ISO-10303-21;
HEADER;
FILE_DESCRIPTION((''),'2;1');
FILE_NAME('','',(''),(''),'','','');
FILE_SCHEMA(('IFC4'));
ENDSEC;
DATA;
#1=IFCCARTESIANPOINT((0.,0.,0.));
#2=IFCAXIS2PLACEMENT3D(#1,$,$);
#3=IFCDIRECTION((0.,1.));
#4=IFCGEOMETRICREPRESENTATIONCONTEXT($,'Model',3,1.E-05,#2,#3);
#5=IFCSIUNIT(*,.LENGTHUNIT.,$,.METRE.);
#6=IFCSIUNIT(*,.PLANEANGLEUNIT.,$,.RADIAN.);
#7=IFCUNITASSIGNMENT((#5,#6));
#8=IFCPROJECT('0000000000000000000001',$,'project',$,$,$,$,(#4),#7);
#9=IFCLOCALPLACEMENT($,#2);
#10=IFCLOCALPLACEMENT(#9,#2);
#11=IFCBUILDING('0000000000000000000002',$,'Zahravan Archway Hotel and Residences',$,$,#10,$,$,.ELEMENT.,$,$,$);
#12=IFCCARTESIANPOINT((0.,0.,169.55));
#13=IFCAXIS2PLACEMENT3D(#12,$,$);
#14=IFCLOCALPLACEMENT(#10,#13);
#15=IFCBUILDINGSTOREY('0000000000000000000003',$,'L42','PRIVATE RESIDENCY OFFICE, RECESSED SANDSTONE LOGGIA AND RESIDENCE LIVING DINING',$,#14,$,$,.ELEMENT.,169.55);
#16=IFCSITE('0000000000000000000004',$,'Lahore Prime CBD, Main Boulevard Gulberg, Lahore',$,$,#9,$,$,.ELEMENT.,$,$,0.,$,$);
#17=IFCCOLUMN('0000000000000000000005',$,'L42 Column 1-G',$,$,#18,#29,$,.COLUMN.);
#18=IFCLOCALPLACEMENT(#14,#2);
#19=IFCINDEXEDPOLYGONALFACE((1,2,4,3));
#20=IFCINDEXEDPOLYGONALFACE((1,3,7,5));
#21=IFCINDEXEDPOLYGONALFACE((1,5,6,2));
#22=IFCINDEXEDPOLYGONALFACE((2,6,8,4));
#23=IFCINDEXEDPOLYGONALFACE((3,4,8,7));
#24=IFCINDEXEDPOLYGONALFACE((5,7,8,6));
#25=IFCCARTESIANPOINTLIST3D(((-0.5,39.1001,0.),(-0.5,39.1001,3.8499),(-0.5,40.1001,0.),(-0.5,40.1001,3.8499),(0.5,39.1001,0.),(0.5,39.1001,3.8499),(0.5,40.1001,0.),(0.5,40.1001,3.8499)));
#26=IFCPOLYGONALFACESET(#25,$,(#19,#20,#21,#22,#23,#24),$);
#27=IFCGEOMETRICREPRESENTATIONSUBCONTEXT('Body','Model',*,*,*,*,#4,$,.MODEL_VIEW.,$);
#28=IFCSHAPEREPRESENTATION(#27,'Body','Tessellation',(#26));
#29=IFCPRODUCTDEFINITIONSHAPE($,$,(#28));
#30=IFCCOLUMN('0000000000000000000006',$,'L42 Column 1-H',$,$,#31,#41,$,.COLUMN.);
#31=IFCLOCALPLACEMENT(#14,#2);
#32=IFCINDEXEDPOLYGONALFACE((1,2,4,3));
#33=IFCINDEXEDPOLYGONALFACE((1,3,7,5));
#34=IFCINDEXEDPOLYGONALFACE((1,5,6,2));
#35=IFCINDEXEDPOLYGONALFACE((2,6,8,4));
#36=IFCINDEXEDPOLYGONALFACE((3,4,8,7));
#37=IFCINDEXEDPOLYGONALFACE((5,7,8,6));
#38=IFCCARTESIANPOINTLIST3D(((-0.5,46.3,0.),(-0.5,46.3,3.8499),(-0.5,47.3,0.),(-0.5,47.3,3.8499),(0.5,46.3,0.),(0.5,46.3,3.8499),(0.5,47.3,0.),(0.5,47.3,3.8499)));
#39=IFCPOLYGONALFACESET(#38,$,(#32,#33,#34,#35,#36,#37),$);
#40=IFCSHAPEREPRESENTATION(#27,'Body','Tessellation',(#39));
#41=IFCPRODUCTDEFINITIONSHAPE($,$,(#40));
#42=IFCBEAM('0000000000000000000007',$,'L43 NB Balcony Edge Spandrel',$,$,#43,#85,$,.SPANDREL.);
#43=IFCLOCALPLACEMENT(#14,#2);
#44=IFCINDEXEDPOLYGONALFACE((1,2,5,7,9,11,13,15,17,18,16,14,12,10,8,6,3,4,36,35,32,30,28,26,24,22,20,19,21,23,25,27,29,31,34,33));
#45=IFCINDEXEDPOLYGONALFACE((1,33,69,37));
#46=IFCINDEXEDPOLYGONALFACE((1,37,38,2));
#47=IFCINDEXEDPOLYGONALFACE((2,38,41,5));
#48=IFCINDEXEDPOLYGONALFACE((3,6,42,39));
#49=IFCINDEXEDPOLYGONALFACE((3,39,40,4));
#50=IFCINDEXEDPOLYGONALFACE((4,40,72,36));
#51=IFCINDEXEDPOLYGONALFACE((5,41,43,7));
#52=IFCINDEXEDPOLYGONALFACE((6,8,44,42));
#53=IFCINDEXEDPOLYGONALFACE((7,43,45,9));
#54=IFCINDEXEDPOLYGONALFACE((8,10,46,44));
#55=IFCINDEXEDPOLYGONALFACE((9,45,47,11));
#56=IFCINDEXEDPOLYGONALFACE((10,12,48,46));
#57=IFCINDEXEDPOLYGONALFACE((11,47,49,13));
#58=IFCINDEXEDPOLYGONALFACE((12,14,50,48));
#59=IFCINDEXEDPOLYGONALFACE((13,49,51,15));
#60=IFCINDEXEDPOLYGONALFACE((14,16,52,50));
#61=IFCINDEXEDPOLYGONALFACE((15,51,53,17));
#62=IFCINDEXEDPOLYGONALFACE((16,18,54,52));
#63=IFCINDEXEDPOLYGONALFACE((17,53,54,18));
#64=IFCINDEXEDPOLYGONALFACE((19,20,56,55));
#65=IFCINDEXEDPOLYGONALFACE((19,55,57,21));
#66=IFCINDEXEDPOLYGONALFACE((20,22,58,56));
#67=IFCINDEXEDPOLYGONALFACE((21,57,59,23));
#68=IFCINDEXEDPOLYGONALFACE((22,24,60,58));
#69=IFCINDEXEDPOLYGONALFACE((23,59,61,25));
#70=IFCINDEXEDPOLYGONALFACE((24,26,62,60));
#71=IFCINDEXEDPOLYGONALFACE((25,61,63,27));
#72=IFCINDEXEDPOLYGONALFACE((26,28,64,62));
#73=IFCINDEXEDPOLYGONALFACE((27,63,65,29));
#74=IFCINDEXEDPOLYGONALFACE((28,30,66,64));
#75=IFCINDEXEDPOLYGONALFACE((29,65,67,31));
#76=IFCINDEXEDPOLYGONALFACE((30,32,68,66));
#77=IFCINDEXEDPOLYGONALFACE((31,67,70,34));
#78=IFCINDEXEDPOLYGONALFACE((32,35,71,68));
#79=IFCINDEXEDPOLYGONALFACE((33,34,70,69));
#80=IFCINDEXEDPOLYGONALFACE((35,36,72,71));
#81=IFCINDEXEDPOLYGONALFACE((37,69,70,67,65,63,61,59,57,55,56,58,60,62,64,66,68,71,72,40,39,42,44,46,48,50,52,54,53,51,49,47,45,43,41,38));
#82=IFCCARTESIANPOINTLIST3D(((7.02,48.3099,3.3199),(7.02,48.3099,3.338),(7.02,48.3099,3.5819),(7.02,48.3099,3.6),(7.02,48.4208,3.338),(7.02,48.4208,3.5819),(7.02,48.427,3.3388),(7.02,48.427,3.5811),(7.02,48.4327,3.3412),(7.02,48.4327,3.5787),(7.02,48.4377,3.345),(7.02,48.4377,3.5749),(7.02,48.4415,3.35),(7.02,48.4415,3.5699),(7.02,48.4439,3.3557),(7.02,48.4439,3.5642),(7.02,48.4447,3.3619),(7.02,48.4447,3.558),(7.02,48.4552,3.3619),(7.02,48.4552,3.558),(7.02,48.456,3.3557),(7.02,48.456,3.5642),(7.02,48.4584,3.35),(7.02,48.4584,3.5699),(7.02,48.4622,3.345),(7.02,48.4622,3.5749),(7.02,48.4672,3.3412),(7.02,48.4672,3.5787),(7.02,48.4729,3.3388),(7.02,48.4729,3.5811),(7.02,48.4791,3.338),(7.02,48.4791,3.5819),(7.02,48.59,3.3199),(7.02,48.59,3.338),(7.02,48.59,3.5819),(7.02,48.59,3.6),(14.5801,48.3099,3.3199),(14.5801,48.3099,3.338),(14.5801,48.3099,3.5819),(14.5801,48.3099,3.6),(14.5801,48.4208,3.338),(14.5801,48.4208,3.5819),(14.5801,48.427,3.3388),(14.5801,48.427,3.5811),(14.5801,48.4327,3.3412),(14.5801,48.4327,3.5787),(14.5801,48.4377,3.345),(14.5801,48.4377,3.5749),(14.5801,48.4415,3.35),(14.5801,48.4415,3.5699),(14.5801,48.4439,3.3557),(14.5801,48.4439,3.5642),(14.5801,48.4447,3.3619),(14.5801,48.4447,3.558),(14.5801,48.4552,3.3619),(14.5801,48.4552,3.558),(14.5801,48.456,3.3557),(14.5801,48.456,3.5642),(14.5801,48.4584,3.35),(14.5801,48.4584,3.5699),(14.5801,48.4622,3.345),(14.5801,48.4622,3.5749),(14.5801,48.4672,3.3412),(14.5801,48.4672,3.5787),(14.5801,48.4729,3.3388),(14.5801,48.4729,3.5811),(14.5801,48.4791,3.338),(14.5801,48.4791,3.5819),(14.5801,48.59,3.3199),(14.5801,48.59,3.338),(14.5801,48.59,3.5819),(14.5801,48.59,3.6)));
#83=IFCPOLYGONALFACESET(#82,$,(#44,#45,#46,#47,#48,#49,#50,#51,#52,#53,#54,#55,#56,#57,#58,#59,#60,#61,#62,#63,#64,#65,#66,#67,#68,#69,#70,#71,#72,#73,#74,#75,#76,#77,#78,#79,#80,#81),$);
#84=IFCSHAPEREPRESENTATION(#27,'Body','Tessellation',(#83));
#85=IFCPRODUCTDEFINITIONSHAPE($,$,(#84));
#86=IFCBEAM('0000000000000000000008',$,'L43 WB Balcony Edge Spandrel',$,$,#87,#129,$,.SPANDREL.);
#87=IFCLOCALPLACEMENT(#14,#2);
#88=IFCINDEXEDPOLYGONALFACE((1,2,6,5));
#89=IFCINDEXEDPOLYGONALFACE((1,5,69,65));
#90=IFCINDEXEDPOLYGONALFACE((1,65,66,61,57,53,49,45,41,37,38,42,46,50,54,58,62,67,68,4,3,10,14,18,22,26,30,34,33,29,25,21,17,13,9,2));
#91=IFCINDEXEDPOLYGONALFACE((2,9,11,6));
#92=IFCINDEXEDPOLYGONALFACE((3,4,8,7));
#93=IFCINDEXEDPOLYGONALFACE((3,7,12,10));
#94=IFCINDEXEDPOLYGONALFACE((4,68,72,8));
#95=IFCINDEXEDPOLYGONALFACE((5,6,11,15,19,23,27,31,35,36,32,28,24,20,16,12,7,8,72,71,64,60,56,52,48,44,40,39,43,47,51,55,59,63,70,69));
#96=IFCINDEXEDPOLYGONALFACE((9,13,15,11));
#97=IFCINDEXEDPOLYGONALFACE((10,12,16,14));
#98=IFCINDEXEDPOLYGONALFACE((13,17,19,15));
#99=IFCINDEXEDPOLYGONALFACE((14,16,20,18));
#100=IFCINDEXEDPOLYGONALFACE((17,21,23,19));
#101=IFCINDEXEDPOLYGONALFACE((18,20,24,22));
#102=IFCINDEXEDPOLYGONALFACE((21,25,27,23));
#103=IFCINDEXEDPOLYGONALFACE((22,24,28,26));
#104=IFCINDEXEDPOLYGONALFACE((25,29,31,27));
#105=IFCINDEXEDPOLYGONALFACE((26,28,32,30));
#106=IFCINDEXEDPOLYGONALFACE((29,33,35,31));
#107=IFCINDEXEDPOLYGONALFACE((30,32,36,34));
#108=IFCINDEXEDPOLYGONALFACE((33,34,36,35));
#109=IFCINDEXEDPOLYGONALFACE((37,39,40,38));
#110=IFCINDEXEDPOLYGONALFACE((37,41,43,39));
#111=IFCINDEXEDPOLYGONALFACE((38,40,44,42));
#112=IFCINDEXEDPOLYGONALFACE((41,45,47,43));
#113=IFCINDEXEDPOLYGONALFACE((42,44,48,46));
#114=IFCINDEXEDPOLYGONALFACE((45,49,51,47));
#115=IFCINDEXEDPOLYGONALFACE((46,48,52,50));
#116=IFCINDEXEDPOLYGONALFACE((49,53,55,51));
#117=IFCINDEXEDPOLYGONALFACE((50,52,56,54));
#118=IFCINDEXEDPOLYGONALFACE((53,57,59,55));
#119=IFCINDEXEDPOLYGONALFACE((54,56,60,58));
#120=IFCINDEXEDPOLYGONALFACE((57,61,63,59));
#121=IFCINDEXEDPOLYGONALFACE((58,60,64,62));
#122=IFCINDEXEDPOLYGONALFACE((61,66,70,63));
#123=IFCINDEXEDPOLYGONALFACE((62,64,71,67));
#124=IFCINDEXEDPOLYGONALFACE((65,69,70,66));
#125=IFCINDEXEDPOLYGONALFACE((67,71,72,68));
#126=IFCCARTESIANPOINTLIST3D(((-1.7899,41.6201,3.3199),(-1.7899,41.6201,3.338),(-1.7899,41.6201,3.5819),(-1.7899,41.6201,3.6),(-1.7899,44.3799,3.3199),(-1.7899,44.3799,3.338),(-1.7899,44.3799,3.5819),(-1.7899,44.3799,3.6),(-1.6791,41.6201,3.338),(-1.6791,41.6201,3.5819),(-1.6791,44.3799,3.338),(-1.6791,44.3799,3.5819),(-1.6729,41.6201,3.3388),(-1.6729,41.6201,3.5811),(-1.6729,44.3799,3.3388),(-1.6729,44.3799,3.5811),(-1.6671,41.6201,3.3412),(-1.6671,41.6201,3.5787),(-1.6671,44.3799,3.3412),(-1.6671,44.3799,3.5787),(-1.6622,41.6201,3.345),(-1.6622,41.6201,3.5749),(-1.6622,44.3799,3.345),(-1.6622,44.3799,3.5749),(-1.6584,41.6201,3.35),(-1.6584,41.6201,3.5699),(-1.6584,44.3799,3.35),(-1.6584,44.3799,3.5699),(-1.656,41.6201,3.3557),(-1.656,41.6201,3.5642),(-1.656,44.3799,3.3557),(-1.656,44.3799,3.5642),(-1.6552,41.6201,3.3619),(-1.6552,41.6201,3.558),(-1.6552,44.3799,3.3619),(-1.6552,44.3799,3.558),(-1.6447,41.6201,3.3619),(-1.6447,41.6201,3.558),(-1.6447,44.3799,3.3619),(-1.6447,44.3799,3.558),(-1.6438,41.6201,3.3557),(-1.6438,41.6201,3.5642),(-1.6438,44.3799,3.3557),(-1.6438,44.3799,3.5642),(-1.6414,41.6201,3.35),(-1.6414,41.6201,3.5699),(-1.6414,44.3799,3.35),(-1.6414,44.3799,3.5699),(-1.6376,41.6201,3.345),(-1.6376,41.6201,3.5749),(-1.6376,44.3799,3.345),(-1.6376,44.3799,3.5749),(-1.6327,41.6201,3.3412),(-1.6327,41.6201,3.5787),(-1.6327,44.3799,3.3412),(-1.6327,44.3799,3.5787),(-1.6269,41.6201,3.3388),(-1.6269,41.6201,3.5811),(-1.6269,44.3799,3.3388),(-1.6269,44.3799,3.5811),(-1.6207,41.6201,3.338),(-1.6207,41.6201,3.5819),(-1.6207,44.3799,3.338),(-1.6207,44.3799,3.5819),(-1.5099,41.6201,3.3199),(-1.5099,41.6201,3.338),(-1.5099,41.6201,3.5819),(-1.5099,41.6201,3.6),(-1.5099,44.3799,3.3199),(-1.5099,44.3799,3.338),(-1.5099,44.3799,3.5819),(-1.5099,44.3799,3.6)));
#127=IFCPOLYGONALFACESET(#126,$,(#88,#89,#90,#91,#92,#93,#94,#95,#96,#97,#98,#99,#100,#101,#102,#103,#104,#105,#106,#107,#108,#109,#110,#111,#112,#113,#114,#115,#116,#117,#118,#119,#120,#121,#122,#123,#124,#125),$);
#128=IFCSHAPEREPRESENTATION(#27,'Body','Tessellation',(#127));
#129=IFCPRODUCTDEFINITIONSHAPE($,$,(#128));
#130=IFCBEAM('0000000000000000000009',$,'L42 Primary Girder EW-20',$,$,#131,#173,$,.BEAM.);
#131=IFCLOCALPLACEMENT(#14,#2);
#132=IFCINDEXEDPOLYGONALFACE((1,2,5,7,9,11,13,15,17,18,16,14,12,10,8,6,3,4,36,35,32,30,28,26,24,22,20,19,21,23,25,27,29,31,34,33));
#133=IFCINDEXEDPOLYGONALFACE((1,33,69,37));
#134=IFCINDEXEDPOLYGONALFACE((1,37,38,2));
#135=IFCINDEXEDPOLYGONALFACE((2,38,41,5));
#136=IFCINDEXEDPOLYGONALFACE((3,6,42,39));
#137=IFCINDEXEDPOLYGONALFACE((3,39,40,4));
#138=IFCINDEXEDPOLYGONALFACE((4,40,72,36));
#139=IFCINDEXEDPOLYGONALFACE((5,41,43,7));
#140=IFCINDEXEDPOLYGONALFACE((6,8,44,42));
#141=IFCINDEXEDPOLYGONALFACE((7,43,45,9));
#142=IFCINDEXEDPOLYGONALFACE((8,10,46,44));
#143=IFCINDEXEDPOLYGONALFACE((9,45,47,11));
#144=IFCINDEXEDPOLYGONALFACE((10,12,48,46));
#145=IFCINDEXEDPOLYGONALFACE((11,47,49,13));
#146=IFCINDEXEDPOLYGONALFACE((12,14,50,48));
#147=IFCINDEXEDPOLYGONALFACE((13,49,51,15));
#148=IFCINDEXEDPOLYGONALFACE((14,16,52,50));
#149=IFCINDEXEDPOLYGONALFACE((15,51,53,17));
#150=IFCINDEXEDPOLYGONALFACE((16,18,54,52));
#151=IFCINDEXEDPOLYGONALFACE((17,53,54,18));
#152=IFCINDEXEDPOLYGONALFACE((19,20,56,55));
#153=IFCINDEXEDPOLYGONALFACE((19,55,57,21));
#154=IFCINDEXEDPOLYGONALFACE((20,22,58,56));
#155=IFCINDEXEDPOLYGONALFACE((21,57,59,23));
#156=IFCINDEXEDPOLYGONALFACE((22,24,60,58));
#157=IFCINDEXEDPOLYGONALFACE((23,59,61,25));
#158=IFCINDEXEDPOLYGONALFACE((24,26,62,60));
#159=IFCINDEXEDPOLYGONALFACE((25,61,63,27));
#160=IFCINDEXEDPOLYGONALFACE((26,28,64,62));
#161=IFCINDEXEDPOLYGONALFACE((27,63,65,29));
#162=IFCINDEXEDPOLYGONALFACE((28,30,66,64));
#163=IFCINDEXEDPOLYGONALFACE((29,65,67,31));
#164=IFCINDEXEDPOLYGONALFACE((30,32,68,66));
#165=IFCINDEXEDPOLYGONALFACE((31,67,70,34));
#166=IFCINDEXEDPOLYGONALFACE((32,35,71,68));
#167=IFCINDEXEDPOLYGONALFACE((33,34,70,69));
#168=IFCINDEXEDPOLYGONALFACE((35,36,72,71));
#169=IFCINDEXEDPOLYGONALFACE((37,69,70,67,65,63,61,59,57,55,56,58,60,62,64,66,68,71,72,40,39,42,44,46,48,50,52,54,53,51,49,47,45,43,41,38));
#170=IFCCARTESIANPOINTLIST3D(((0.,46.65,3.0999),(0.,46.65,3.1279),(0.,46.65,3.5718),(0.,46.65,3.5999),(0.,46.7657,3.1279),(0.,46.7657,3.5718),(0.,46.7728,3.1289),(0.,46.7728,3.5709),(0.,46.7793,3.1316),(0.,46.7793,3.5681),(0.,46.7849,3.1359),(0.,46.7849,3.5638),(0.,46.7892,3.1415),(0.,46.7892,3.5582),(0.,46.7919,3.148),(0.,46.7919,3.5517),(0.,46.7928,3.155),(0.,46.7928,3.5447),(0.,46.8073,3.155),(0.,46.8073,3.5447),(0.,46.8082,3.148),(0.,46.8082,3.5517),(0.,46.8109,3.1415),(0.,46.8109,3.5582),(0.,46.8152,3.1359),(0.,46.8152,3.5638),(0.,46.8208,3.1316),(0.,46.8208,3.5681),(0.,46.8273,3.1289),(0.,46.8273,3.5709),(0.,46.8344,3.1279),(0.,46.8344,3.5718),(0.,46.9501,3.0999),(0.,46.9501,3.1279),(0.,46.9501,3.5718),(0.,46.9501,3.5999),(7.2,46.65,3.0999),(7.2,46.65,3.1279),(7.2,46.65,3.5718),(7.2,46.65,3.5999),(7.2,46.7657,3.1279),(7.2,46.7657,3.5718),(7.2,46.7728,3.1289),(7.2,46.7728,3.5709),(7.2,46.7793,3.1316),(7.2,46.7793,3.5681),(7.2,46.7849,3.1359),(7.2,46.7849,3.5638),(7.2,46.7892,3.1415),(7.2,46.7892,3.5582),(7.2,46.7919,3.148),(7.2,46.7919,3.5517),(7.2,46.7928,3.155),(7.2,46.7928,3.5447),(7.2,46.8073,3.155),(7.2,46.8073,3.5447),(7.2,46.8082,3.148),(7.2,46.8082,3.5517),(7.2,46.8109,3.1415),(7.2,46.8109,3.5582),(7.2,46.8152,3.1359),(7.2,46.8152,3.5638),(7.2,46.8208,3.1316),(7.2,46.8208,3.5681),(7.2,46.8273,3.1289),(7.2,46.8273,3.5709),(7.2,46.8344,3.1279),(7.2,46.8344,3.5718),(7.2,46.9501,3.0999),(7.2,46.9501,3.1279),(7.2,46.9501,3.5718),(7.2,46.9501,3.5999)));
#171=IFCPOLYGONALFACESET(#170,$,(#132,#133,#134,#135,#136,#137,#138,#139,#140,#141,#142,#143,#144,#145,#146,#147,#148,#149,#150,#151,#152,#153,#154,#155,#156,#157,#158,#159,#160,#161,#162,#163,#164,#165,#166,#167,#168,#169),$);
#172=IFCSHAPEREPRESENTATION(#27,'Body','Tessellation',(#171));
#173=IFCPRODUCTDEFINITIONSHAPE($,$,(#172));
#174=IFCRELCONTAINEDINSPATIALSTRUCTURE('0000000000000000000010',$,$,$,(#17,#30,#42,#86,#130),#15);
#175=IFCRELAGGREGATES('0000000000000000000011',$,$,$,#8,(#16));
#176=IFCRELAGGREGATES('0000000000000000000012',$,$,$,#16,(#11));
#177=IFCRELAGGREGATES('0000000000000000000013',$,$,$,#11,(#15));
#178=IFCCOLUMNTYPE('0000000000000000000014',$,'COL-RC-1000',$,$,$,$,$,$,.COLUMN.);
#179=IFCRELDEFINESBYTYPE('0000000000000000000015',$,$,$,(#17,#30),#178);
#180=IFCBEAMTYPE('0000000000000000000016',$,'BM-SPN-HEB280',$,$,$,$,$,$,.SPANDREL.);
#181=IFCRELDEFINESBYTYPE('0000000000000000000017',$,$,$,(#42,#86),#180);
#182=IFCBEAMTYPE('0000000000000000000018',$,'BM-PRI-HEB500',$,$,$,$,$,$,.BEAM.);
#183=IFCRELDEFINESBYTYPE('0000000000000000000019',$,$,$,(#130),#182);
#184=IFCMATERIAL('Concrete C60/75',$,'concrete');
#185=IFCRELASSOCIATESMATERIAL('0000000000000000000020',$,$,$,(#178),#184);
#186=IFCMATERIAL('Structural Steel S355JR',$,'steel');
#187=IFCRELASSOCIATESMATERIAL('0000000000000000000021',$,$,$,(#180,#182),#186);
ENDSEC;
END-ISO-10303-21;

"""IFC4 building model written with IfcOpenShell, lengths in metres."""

from ifc_helpers import new_model, si_unit, direction, frame, origin, origin_2d, place, context, subcontext, project, spatial, rectangle, i_section, extrude, source, transform, mapped, material, material_profile, profile_set, type_object, type_shapes, element, save


model = new_model("IFC4")

# Units and contexts
model_context = context("Model", 3, precision=1e-05, world=origin(), true_north=direction((0.0, 1.0)))
body_context = subcontext(model_context, "Body", "Model", "MODEL_VIEW")
ifc_project = project(units=[si_unit("LENGTHUNIT", "METRE"), si_unit("PLANEANGLEUNIT", "RADIAN")], contexts=[model_context])

# Site, building, storey
site_placement = place(None, origin())
site = spatial("IfcSite", under=ifc_project, at=site_placement, Name="Lahore Prime CBD, Main Boulevard Gulberg, Lahore", CompositionType="ELEMENT", RefElevation=0.0)
building_placement = place(site_placement, origin())
building = spatial("IfcBuilding", under=site, at=building_placement, Name="Zahravan Archway Hotel and Residences", CompositionType="ELEMENT")
storey_placement = place(building_placement, frame((0.0, 0.0, 169.55)))
storey = spatial("IfcBuildingStorey", under=building, at=storey_placement, Name="L42", Description="PRIVATE RESIDENCY OFFICE, RECESSED SANDSTONE LOGGIA AND RESIDENCE LIVING DINING", CompositionType="ELEMENT", Elevation=169.55)

# Columns
ifc_material_1 = material(Name="Concrete C60/75", Category="concrete")
ifc_material_profile_1 = material_profile(ifc_material_1, rectangle(XDim=1.0, YDim=1.0, at=origin_2d()), Name="RC-COL-1000x1000", Category="concrete")
ifc_profile_set_1 = profile_set([ifc_material_profile_1], Name="Concrete C60/75")
column_type = type_object("IfcColumnType", Name="COL-RC-1000", PredefinedType="COLUMN", material=ifc_profile_set_1)
shared_shape_1 = source(origin(), body_context, "Body", "SweptSolid", [
    extrude(rectangle(XDim=1.0, YDim=1.0, at=origin_2d()), origin(), (0.0, 0.0, 1.0), 3.8499),
])
for number, where, z_axis, x_axis, name in (
    (1, (0.0, 39.6001, 0.0), (0.0, 0.0, 1.0), (1.0, 0.0, 0.0), "L42 Column 1-G"),
    (2, (0.0, 46.8, 0.0), (0.0, 0.0, 1.0), (1.0, 0.0, 0.0), "L42 Column 1-H"),
):
    element("IfcColumn", number, at=place(storey_placement, frame(where, z_axis=z_axis, x_axis=x_axis)), inside=storey, type_object=column_type, Name=name, PredefinedType="COLUMN", context=body_context, shape_type="MappedRepresentation", body=[
        mapped(shared_shape_1, transform((0.0, 0.0, 0.0), scale=1.0)),
    ])

# Beams
ifc_material_2 = material(Name="Structural Steel S355JR", Category="steel")
ifc_material_profile_2 = material_profile(ifc_material_2, i_section(OverallWidth=0.28, OverallDepth=0.28, WebThickness=0.0105, FlangeThickness=0.0181, FilletRadius=0.0239, at=origin_2d()), Name="HEB 280", Category="steel")
ifc_profile_set_2 = profile_set([ifc_material_profile_2], Name="Structural Steel S355JR")
beam_type_1 = type_object("IfcBeamType", Name="BM-SPN-HEB280", PredefinedType="SPANDREL", material=ifc_profile_set_2)
shared_shape_2 = source(origin(), body_context, "Body", "SweptSolid", [
    extrude(i_section(OverallWidth=0.28, OverallDepth=0.28, WebThickness=0.0105, FlangeThickness=0.0181, FilletRadius=0.0239, at=origin_2d()), origin(), (0.0, 0.0, 1.0), 7.5601),
])
type_shapes(beam_type_1, [shared_shape_2])
beam_1_placement = place(storey_placement, frame((7.02, 48.45, 3.46), z_axis=(1.0, 0.0, 0.0), x_axis=(0.0, 1.0, 0.0)))
element("IfcBeam", 3, at=beam_1_placement, inside=storey, type_object=beam_type_1, Name="L43 NB Balcony Edge Spandrel", PredefinedType="SPANDREL", context=body_context, shape_type="MappedRepresentation", body=[
    mapped(shared_shape_2, transform((0.0, 0.0, 0.0), scale=1.0)),
])
shared_shape_3 = source(origin(), body_context, "Body", "SweptSolid", [
    extrude(i_section(OverallWidth=0.28, OverallDepth=0.28, WebThickness=0.0105, FlangeThickness=0.0181, FilletRadius=0.0239, at=origin_2d()), origin(), (0.0, 0.0, 1.0), 2.7598),
])
beam_2_placement = place(storey_placement, frame((-1.6499, 41.6201, 3.46), z_axis=(0.0, 1.0, 0.0), x_axis=(-1.0, 0.0, 0.0)))
element("IfcBeam", 4, at=beam_2_placement, inside=storey, type_object=beam_type_1, Name="L43 WB Balcony Edge Spandrel", PredefinedType="SPANDREL", context=body_context, shape_type="MappedRepresentation", body=[
    mapped(shared_shape_3, transform((0.0, 0.0, 0.0), scale=1.0)),
])
ifc_material_profile_3 = material_profile(ifc_material_2, i_section(OverallWidth=0.3, OverallDepth=0.5, WebThickness=0.0144, FlangeThickness=0.0281, FilletRadius=0.0271, at=origin_2d()), Name="HEB 500", Category="steel")
ifc_profile_set_3 = profile_set([ifc_material_profile_3], Name="Structural Steel S355JR")
beam_type_2 = type_object("IfcBeamType", Name="BM-PRI-HEB500", PredefinedType="BEAM", material=ifc_profile_set_3)
shared_shape_4 = source(origin(), body_context, "Body", "SweptSolid", [
    extrude(i_section(OverallWidth=0.3, OverallDepth=0.5, WebThickness=0.0144, FlangeThickness=0.0281, FilletRadius=0.0271, at=origin_2d()), origin(), (0.0, 0.0, 1.0), 7.2),
])
for number, where, z_axis, x_axis, name in (
    (5, (0.0, 46.8, 3.3499), (1.0, 0.0, 0.0), (0.0, 1.0, 0.0), "L42 Primary Girder EW-20"),
):
    element("IfcBeam", number, at=place(storey_placement, frame(where, z_axis=z_axis, x_axis=x_axis)), inside=storey, type_object=beam_type_2, Name=name, PredefinedType="BEAM", context=body_context, shape_type="MappedRepresentation", body=[
        mapped(shared_shape_4, transform((0.0, 0.0, 0.0), scale=1.0)),
    ])

save(model, "model.ifc")
